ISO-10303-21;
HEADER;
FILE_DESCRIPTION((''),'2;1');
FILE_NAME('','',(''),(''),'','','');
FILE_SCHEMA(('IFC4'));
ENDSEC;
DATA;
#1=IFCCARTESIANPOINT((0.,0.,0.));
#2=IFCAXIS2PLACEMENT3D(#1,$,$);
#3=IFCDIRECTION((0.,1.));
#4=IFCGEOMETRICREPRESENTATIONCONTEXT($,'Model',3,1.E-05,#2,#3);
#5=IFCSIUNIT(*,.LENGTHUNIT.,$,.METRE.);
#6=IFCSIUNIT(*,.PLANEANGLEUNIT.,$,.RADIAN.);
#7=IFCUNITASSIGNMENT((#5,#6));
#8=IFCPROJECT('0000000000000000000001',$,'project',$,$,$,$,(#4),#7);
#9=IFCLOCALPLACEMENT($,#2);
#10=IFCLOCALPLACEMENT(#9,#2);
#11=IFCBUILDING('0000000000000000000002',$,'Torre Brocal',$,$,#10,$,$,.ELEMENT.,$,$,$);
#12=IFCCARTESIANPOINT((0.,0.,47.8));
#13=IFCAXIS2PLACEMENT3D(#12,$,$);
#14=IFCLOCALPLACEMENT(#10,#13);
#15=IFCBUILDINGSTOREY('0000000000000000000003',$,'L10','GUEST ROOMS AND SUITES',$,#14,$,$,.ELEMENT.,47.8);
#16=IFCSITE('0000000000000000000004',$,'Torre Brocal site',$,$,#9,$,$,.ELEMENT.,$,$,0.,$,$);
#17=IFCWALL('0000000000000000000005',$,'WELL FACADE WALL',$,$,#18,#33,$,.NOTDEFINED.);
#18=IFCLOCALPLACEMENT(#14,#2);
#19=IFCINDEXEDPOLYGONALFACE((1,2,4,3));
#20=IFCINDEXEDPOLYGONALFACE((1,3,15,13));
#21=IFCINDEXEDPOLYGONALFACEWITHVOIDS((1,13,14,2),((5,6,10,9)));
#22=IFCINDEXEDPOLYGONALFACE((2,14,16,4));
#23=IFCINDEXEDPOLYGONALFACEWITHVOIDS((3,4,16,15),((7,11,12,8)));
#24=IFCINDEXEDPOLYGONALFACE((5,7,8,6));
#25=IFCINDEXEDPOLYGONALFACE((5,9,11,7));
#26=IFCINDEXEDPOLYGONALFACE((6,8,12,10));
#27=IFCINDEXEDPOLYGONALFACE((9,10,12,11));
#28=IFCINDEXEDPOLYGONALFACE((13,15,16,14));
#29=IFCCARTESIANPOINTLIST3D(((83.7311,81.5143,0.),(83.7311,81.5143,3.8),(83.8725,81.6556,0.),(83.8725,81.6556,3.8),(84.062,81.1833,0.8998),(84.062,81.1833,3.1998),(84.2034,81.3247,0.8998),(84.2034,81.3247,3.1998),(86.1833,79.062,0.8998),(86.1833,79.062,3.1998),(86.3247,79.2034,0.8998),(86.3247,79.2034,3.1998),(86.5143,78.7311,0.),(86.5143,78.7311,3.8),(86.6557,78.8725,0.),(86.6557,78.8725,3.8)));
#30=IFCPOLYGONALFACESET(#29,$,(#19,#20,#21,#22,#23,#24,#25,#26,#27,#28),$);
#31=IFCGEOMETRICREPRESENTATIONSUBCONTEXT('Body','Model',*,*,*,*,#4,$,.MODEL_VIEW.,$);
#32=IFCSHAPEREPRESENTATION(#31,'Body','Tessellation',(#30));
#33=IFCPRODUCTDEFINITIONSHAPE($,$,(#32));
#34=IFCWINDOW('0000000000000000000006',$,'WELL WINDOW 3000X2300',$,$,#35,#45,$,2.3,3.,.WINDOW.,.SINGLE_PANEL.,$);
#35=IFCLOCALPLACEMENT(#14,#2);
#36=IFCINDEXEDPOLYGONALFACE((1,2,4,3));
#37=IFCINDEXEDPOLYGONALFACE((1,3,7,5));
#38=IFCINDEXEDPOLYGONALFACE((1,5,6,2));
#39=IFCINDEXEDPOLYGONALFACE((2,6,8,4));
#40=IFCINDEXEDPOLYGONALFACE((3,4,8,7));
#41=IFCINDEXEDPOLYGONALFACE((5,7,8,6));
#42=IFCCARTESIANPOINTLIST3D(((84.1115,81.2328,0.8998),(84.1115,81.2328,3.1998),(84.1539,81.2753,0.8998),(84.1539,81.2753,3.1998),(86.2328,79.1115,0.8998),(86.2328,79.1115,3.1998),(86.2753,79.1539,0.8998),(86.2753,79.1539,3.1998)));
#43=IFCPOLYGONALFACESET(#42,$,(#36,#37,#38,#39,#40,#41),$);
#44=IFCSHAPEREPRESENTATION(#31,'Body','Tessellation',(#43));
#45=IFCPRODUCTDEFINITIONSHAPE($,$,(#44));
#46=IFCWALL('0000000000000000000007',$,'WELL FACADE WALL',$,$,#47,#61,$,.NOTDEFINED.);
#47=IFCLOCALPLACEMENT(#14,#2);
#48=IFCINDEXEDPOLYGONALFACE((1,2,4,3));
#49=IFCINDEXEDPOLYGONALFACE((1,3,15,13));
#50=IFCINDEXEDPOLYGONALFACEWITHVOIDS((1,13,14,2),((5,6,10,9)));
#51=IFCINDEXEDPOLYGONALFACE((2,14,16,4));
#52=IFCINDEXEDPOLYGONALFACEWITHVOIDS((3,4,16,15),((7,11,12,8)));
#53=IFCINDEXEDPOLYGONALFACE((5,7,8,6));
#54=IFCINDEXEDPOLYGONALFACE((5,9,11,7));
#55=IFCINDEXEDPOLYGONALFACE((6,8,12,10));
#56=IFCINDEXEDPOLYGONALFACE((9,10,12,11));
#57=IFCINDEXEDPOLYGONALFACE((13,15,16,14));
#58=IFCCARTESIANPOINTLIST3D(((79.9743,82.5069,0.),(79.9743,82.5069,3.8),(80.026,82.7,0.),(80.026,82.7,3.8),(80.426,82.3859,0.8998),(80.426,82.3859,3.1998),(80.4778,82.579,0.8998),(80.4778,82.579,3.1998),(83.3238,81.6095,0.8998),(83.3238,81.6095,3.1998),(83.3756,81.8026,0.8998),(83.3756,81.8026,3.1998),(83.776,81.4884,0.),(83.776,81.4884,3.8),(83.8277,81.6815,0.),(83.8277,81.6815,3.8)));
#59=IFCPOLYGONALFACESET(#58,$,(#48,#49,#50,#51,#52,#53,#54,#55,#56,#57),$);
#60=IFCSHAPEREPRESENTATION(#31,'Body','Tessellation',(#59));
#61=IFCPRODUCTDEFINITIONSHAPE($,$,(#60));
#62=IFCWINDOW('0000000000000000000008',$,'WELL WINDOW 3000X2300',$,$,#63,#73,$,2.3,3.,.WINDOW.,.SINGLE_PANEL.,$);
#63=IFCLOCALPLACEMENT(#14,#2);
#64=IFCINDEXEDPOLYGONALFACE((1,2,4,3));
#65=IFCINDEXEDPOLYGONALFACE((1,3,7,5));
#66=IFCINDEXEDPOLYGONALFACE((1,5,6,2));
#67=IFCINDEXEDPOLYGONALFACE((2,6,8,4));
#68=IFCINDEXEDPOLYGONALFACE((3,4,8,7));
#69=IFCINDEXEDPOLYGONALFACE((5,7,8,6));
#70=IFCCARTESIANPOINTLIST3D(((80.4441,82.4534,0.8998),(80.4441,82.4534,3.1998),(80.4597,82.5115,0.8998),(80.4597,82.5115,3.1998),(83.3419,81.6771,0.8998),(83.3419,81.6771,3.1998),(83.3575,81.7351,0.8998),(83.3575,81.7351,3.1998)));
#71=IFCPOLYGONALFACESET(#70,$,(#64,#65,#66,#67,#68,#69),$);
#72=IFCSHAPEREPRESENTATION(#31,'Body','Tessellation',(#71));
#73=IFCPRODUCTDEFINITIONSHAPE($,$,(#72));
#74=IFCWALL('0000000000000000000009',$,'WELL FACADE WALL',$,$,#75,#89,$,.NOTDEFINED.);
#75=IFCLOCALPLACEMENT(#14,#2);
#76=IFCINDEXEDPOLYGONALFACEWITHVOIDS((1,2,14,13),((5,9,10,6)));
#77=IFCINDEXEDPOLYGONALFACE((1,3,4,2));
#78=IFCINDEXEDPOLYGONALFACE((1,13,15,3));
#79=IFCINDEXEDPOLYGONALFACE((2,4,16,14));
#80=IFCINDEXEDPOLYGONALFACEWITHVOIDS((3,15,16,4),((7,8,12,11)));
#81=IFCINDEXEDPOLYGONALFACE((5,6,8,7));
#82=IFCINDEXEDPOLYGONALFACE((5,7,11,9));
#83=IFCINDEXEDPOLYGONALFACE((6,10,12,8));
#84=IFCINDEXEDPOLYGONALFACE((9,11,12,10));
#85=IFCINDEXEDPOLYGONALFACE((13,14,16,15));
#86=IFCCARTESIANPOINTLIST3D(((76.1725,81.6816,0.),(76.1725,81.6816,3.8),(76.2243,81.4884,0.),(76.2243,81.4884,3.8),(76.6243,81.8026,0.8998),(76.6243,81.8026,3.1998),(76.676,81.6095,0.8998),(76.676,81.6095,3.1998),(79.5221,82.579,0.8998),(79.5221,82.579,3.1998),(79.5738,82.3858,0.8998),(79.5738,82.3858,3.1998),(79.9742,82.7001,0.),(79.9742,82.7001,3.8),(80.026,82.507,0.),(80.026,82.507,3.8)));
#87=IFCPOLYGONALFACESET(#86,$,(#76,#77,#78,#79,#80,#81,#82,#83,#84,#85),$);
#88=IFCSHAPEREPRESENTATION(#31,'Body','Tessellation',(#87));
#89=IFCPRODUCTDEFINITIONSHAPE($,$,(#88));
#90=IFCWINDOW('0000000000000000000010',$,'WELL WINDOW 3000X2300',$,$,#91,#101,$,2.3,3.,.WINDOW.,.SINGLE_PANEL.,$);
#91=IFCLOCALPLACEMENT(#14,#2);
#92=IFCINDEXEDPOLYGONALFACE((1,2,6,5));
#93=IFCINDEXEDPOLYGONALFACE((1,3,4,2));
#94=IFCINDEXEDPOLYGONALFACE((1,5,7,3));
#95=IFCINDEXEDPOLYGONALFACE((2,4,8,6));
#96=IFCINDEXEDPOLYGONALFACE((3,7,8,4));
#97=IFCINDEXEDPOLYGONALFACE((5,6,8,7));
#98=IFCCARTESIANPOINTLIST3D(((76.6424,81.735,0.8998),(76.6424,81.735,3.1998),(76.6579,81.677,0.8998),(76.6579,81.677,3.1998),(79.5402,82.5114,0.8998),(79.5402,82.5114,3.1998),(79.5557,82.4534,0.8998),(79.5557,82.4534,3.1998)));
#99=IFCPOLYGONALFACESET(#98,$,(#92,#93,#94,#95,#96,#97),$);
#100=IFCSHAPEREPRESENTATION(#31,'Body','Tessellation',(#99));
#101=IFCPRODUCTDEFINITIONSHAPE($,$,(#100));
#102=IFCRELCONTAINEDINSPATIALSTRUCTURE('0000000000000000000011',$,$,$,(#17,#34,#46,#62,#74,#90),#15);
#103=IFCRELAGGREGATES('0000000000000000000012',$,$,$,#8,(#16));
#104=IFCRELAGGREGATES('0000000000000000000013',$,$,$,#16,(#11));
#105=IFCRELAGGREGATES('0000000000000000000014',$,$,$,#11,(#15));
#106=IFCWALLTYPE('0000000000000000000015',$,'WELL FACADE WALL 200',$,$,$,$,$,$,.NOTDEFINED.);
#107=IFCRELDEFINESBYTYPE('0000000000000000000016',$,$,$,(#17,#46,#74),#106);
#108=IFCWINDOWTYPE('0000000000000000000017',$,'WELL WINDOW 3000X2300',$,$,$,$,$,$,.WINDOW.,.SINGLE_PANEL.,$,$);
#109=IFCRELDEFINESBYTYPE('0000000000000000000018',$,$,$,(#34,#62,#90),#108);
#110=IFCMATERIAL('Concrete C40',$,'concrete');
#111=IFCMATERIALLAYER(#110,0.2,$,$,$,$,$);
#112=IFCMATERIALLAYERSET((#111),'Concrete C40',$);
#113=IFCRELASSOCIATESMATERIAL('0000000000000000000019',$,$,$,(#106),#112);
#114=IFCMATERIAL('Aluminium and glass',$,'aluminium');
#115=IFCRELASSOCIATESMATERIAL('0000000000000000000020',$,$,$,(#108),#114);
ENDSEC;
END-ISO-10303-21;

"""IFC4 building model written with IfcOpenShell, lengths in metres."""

from ifc_helpers import new_model, si_unit, direction, frame, frame_2d, origin, place, context, subcontext, project, spatial, rectangle, extrude, material, layer, layer_set, type_object, element, fill, save


model = new_model("IFC4")

# Units and contexts
model_context = context("Model", 3, precision=1e-05, world=origin(), true_north=direction((0.0, 1.0)))
body_context = subcontext(model_context, "Body", "Model", "MODEL_VIEW")
ifc_project = project(units=[si_unit("LENGTHUNIT", "METRE"), si_unit("PLANEANGLEUNIT", "RADIAN")], contexts=[model_context])

# Site, building, storey
site_placement = place(None, origin())
site = spatial("IfcSite", under=ifc_project, at=site_placement, Name="Torre Brocal site", CompositionType="ELEMENT", RefElevation=0.0)
building_placement = place(site_placement, origin())
building = spatial("IfcBuilding", under=site, at=building_placement, Name="Torre Brocal", CompositionType="ELEMENT")
storey_placement = place(building_placement, frame((0.0, 0.0, 47.8)))
storey = spatial("IfcBuildingStorey", under=building, at=storey_placement, Name="L10", Description="GUEST ROOMS AND SUITES", CompositionType="ELEMENT", Elevation=47.8)

# Walls, openings, windows
ifc_material_1 = material(Name="Concrete C40", Category="concrete")
ifc_layer_1 = layer(ifc_material_1, 0.2)
ifc_layer_set_1 = layer_set([ifc_layer_1], Name="Concrete C40")
wall_type_1 = type_object("IfcWallType", Name="WELL FACADE WALL 200", PredefinedType="NOTDEFINED", material=ifc_layer_set_1)
ifc_material_2 = material(Name="Aluminium and glass", Category="aluminium")
window_type = type_object("IfcWindowType", Name="WELL WINDOW 3000X2300", PartitioningType="SINGLE_PANEL", PredefinedType="WINDOW", material=ifc_material_2)
wall_1_placement = place(storey_placement, frame((86.585, 78.8018, 0.0), z_axis=(0.0, 0.0, 1.0), x_axis=(-0.707107, 0.707107, 0.0)))
wall_1 = element("IfcWall", 1, at=wall_1_placement, inside=storey, type_object=wall_type_1, Name="WELL FACADE WALL", PredefinedType="NOTDEFINED", context=body_context, shape_type="SweptSolid", body=[
    extrude(rectangle(XDim=3.936, YDim=0.2, at=frame_2d((1.968, 0.0))), origin(), (0.0, 0.0, 1.0), 3.8),
])
opening_1_placement = place(wall_1_placement, frame((0.468, 0.0, 0.8999)))
opening_1 = element("IfcOpeningElement", 2, at=opening_1_placement, cuts=wall_1, PredefinedType="OPENING", context=body_context, shape_type="SweptSolid", body=[
    extrude(rectangle(XDim=3.0, YDim=2.3, at=frame_2d((1.5, 1.1499))), frame((0.0, 0.1099, 0.0), z_axis=(0.0, -1.0, 0.0), x_axis=(1.0, 0.0, 0.0)), (0.0, 0.0, 1.0), 0.22),
])
window_1_placement = place(opening_1_placement, origin())
window_1 = element("IfcWindow", 3, at=window_1_placement, inside=storey, type_object=window_type, Name="WELL WINDOW 3000X2300", OverallHeight=2.3, OverallWidth=3.0, PartitioningType="SINGLE_PANEL", PredefinedType="WINDOW", context=body_context, shape_type="SweptSolid", body=[
    extrude(rectangle(XDim=3.0, YDim=2.3, at=frame_2d((1.5, 1.1499))), frame((0.0, 0.03, 0.0), z_axis=(0.0, -1.0, 0.0), x_axis=(1.0, 0.0, 0.0)), (0.0, 0.0, 1.0), 0.0601),
])
fill(opening_1, window_1)
wall_2_placement = place(storey_placement, frame((83.8018, 81.585, 0.0), z_axis=(0.0, 0.0, 1.0), x_axis=(-0.965934, 0.25879, 0.0)))
wall_2 = element("IfcWall", 4, at=wall_2_placement, inside=storey, type_object=wall_type_1, Name="WELL FACADE WALL", PredefinedType="NOTDEFINED", context=body_context, shape_type="SweptSolid", body=[
    extrude(rectangle(XDim=3.9358, YDim=0.2, at=frame_2d((1.9678, 0.0))), origin(), (0.0, 0.0, 1.0), 3.8),
])
opening_2_placement = place(wall_2_placement, frame((0.468, 0.0, 0.8999)))
opening_2 = element("IfcOpeningElement", 5, at=opening_2_placement, cuts=wall_2, PredefinedType="OPENING", context=body_context, shape_type="SweptSolid", body=[
    extrude(rectangle(XDim=3.0, YDim=2.3, at=frame_2d((1.5, 1.1499))), frame((0.0, 0.1099, 0.0), z_axis=(0.0, -1.0, 0.0), x_axis=(1.0, 0.0, 0.0)), (0.0, 0.0, 1.0), 0.22),
])
window_2_placement = place(opening_2_placement, origin())
window_2 = element("IfcWindow", 6, at=window_2_placement, inside=storey, type_object=window_type, Name="WELL WINDOW 3000X2300", OverallHeight=2.3, OverallWidth=3.0, PartitioningType="SINGLE_PANEL", PredefinedType="WINDOW", context=body_context, shape_type="SweptSolid", body=[
    extrude(rectangle(XDim=3.0, YDim=2.3, at=frame_2d((1.5, 1.1499))), frame((0.0, 0.03, 0.0), z_axis=(0.0, -1.0, 0.0), x_axis=(1.0, 0.0, 0.0)), (0.0, 0.0, 1.0), 0.0601),
])
fill(opening_2, window_2)
wall_3_placement = place(storey_placement, frame((80.0, 82.6035, 0.0), z_axis=(0.0, 0.0, 1.0), x_axis=(-0.965934, -0.25879, 0.0)))
wall_3 = element("IfcWall", 7, at=wall_3_placement, inside=storey, type_object=wall_type_1, Name="WELL FACADE WALL", PredefinedType="NOTDEFINED", context=body_context, shape_type="SweptSolid", body=[
    extrude(rectangle(XDim=3.9358, YDim=0.2, at=frame_2d((1.9678, 0.0))), origin(), (0.0, 0.0, 1.0), 3.8),
])
opening_3_placement = place(wall_3_placement, frame((0.468, 0.0, 0.8999)))
opening_3 = element("IfcOpeningElement", 8, at=opening_3_placement, cuts=wall_3, PredefinedType="OPENING", context=body_context, shape_type="SweptSolid", body=[
    extrude(rectangle(XDim=3.0, YDim=2.3, at=frame_2d((1.5, 1.1499))), frame((0.0, 0.1099, 0.0), z_axis=(0.0, -1.0, 0.0), x_axis=(1.0, 0.0, 0.0)), (0.0, 0.0, 1.0), 0.22),
])
window_3_placement = place(opening_3_placement, origin())
window_3 = element("IfcWindow", 9, at=window_3_placement, inside=storey, type_object=window_type, Name="WELL WINDOW 3000X2300", OverallHeight=2.3, OverallWidth=3.0, PartitioningType="SINGLE_PANEL", PredefinedType="WINDOW", context=body_context, shape_type="SweptSolid", body=[
    extrude(rectangle(XDim=3.0, YDim=2.3, at=frame_2d((1.5, 1.1499))), frame((0.0, 0.03, 0.0), z_axis=(0.0, -1.0, 0.0), x_axis=(1.0, 0.0, 0.0)), (0.0, 0.0, 1.0), 0.0601),
])
fill(opening_3, window_3)

save(model, "model.ifc")
